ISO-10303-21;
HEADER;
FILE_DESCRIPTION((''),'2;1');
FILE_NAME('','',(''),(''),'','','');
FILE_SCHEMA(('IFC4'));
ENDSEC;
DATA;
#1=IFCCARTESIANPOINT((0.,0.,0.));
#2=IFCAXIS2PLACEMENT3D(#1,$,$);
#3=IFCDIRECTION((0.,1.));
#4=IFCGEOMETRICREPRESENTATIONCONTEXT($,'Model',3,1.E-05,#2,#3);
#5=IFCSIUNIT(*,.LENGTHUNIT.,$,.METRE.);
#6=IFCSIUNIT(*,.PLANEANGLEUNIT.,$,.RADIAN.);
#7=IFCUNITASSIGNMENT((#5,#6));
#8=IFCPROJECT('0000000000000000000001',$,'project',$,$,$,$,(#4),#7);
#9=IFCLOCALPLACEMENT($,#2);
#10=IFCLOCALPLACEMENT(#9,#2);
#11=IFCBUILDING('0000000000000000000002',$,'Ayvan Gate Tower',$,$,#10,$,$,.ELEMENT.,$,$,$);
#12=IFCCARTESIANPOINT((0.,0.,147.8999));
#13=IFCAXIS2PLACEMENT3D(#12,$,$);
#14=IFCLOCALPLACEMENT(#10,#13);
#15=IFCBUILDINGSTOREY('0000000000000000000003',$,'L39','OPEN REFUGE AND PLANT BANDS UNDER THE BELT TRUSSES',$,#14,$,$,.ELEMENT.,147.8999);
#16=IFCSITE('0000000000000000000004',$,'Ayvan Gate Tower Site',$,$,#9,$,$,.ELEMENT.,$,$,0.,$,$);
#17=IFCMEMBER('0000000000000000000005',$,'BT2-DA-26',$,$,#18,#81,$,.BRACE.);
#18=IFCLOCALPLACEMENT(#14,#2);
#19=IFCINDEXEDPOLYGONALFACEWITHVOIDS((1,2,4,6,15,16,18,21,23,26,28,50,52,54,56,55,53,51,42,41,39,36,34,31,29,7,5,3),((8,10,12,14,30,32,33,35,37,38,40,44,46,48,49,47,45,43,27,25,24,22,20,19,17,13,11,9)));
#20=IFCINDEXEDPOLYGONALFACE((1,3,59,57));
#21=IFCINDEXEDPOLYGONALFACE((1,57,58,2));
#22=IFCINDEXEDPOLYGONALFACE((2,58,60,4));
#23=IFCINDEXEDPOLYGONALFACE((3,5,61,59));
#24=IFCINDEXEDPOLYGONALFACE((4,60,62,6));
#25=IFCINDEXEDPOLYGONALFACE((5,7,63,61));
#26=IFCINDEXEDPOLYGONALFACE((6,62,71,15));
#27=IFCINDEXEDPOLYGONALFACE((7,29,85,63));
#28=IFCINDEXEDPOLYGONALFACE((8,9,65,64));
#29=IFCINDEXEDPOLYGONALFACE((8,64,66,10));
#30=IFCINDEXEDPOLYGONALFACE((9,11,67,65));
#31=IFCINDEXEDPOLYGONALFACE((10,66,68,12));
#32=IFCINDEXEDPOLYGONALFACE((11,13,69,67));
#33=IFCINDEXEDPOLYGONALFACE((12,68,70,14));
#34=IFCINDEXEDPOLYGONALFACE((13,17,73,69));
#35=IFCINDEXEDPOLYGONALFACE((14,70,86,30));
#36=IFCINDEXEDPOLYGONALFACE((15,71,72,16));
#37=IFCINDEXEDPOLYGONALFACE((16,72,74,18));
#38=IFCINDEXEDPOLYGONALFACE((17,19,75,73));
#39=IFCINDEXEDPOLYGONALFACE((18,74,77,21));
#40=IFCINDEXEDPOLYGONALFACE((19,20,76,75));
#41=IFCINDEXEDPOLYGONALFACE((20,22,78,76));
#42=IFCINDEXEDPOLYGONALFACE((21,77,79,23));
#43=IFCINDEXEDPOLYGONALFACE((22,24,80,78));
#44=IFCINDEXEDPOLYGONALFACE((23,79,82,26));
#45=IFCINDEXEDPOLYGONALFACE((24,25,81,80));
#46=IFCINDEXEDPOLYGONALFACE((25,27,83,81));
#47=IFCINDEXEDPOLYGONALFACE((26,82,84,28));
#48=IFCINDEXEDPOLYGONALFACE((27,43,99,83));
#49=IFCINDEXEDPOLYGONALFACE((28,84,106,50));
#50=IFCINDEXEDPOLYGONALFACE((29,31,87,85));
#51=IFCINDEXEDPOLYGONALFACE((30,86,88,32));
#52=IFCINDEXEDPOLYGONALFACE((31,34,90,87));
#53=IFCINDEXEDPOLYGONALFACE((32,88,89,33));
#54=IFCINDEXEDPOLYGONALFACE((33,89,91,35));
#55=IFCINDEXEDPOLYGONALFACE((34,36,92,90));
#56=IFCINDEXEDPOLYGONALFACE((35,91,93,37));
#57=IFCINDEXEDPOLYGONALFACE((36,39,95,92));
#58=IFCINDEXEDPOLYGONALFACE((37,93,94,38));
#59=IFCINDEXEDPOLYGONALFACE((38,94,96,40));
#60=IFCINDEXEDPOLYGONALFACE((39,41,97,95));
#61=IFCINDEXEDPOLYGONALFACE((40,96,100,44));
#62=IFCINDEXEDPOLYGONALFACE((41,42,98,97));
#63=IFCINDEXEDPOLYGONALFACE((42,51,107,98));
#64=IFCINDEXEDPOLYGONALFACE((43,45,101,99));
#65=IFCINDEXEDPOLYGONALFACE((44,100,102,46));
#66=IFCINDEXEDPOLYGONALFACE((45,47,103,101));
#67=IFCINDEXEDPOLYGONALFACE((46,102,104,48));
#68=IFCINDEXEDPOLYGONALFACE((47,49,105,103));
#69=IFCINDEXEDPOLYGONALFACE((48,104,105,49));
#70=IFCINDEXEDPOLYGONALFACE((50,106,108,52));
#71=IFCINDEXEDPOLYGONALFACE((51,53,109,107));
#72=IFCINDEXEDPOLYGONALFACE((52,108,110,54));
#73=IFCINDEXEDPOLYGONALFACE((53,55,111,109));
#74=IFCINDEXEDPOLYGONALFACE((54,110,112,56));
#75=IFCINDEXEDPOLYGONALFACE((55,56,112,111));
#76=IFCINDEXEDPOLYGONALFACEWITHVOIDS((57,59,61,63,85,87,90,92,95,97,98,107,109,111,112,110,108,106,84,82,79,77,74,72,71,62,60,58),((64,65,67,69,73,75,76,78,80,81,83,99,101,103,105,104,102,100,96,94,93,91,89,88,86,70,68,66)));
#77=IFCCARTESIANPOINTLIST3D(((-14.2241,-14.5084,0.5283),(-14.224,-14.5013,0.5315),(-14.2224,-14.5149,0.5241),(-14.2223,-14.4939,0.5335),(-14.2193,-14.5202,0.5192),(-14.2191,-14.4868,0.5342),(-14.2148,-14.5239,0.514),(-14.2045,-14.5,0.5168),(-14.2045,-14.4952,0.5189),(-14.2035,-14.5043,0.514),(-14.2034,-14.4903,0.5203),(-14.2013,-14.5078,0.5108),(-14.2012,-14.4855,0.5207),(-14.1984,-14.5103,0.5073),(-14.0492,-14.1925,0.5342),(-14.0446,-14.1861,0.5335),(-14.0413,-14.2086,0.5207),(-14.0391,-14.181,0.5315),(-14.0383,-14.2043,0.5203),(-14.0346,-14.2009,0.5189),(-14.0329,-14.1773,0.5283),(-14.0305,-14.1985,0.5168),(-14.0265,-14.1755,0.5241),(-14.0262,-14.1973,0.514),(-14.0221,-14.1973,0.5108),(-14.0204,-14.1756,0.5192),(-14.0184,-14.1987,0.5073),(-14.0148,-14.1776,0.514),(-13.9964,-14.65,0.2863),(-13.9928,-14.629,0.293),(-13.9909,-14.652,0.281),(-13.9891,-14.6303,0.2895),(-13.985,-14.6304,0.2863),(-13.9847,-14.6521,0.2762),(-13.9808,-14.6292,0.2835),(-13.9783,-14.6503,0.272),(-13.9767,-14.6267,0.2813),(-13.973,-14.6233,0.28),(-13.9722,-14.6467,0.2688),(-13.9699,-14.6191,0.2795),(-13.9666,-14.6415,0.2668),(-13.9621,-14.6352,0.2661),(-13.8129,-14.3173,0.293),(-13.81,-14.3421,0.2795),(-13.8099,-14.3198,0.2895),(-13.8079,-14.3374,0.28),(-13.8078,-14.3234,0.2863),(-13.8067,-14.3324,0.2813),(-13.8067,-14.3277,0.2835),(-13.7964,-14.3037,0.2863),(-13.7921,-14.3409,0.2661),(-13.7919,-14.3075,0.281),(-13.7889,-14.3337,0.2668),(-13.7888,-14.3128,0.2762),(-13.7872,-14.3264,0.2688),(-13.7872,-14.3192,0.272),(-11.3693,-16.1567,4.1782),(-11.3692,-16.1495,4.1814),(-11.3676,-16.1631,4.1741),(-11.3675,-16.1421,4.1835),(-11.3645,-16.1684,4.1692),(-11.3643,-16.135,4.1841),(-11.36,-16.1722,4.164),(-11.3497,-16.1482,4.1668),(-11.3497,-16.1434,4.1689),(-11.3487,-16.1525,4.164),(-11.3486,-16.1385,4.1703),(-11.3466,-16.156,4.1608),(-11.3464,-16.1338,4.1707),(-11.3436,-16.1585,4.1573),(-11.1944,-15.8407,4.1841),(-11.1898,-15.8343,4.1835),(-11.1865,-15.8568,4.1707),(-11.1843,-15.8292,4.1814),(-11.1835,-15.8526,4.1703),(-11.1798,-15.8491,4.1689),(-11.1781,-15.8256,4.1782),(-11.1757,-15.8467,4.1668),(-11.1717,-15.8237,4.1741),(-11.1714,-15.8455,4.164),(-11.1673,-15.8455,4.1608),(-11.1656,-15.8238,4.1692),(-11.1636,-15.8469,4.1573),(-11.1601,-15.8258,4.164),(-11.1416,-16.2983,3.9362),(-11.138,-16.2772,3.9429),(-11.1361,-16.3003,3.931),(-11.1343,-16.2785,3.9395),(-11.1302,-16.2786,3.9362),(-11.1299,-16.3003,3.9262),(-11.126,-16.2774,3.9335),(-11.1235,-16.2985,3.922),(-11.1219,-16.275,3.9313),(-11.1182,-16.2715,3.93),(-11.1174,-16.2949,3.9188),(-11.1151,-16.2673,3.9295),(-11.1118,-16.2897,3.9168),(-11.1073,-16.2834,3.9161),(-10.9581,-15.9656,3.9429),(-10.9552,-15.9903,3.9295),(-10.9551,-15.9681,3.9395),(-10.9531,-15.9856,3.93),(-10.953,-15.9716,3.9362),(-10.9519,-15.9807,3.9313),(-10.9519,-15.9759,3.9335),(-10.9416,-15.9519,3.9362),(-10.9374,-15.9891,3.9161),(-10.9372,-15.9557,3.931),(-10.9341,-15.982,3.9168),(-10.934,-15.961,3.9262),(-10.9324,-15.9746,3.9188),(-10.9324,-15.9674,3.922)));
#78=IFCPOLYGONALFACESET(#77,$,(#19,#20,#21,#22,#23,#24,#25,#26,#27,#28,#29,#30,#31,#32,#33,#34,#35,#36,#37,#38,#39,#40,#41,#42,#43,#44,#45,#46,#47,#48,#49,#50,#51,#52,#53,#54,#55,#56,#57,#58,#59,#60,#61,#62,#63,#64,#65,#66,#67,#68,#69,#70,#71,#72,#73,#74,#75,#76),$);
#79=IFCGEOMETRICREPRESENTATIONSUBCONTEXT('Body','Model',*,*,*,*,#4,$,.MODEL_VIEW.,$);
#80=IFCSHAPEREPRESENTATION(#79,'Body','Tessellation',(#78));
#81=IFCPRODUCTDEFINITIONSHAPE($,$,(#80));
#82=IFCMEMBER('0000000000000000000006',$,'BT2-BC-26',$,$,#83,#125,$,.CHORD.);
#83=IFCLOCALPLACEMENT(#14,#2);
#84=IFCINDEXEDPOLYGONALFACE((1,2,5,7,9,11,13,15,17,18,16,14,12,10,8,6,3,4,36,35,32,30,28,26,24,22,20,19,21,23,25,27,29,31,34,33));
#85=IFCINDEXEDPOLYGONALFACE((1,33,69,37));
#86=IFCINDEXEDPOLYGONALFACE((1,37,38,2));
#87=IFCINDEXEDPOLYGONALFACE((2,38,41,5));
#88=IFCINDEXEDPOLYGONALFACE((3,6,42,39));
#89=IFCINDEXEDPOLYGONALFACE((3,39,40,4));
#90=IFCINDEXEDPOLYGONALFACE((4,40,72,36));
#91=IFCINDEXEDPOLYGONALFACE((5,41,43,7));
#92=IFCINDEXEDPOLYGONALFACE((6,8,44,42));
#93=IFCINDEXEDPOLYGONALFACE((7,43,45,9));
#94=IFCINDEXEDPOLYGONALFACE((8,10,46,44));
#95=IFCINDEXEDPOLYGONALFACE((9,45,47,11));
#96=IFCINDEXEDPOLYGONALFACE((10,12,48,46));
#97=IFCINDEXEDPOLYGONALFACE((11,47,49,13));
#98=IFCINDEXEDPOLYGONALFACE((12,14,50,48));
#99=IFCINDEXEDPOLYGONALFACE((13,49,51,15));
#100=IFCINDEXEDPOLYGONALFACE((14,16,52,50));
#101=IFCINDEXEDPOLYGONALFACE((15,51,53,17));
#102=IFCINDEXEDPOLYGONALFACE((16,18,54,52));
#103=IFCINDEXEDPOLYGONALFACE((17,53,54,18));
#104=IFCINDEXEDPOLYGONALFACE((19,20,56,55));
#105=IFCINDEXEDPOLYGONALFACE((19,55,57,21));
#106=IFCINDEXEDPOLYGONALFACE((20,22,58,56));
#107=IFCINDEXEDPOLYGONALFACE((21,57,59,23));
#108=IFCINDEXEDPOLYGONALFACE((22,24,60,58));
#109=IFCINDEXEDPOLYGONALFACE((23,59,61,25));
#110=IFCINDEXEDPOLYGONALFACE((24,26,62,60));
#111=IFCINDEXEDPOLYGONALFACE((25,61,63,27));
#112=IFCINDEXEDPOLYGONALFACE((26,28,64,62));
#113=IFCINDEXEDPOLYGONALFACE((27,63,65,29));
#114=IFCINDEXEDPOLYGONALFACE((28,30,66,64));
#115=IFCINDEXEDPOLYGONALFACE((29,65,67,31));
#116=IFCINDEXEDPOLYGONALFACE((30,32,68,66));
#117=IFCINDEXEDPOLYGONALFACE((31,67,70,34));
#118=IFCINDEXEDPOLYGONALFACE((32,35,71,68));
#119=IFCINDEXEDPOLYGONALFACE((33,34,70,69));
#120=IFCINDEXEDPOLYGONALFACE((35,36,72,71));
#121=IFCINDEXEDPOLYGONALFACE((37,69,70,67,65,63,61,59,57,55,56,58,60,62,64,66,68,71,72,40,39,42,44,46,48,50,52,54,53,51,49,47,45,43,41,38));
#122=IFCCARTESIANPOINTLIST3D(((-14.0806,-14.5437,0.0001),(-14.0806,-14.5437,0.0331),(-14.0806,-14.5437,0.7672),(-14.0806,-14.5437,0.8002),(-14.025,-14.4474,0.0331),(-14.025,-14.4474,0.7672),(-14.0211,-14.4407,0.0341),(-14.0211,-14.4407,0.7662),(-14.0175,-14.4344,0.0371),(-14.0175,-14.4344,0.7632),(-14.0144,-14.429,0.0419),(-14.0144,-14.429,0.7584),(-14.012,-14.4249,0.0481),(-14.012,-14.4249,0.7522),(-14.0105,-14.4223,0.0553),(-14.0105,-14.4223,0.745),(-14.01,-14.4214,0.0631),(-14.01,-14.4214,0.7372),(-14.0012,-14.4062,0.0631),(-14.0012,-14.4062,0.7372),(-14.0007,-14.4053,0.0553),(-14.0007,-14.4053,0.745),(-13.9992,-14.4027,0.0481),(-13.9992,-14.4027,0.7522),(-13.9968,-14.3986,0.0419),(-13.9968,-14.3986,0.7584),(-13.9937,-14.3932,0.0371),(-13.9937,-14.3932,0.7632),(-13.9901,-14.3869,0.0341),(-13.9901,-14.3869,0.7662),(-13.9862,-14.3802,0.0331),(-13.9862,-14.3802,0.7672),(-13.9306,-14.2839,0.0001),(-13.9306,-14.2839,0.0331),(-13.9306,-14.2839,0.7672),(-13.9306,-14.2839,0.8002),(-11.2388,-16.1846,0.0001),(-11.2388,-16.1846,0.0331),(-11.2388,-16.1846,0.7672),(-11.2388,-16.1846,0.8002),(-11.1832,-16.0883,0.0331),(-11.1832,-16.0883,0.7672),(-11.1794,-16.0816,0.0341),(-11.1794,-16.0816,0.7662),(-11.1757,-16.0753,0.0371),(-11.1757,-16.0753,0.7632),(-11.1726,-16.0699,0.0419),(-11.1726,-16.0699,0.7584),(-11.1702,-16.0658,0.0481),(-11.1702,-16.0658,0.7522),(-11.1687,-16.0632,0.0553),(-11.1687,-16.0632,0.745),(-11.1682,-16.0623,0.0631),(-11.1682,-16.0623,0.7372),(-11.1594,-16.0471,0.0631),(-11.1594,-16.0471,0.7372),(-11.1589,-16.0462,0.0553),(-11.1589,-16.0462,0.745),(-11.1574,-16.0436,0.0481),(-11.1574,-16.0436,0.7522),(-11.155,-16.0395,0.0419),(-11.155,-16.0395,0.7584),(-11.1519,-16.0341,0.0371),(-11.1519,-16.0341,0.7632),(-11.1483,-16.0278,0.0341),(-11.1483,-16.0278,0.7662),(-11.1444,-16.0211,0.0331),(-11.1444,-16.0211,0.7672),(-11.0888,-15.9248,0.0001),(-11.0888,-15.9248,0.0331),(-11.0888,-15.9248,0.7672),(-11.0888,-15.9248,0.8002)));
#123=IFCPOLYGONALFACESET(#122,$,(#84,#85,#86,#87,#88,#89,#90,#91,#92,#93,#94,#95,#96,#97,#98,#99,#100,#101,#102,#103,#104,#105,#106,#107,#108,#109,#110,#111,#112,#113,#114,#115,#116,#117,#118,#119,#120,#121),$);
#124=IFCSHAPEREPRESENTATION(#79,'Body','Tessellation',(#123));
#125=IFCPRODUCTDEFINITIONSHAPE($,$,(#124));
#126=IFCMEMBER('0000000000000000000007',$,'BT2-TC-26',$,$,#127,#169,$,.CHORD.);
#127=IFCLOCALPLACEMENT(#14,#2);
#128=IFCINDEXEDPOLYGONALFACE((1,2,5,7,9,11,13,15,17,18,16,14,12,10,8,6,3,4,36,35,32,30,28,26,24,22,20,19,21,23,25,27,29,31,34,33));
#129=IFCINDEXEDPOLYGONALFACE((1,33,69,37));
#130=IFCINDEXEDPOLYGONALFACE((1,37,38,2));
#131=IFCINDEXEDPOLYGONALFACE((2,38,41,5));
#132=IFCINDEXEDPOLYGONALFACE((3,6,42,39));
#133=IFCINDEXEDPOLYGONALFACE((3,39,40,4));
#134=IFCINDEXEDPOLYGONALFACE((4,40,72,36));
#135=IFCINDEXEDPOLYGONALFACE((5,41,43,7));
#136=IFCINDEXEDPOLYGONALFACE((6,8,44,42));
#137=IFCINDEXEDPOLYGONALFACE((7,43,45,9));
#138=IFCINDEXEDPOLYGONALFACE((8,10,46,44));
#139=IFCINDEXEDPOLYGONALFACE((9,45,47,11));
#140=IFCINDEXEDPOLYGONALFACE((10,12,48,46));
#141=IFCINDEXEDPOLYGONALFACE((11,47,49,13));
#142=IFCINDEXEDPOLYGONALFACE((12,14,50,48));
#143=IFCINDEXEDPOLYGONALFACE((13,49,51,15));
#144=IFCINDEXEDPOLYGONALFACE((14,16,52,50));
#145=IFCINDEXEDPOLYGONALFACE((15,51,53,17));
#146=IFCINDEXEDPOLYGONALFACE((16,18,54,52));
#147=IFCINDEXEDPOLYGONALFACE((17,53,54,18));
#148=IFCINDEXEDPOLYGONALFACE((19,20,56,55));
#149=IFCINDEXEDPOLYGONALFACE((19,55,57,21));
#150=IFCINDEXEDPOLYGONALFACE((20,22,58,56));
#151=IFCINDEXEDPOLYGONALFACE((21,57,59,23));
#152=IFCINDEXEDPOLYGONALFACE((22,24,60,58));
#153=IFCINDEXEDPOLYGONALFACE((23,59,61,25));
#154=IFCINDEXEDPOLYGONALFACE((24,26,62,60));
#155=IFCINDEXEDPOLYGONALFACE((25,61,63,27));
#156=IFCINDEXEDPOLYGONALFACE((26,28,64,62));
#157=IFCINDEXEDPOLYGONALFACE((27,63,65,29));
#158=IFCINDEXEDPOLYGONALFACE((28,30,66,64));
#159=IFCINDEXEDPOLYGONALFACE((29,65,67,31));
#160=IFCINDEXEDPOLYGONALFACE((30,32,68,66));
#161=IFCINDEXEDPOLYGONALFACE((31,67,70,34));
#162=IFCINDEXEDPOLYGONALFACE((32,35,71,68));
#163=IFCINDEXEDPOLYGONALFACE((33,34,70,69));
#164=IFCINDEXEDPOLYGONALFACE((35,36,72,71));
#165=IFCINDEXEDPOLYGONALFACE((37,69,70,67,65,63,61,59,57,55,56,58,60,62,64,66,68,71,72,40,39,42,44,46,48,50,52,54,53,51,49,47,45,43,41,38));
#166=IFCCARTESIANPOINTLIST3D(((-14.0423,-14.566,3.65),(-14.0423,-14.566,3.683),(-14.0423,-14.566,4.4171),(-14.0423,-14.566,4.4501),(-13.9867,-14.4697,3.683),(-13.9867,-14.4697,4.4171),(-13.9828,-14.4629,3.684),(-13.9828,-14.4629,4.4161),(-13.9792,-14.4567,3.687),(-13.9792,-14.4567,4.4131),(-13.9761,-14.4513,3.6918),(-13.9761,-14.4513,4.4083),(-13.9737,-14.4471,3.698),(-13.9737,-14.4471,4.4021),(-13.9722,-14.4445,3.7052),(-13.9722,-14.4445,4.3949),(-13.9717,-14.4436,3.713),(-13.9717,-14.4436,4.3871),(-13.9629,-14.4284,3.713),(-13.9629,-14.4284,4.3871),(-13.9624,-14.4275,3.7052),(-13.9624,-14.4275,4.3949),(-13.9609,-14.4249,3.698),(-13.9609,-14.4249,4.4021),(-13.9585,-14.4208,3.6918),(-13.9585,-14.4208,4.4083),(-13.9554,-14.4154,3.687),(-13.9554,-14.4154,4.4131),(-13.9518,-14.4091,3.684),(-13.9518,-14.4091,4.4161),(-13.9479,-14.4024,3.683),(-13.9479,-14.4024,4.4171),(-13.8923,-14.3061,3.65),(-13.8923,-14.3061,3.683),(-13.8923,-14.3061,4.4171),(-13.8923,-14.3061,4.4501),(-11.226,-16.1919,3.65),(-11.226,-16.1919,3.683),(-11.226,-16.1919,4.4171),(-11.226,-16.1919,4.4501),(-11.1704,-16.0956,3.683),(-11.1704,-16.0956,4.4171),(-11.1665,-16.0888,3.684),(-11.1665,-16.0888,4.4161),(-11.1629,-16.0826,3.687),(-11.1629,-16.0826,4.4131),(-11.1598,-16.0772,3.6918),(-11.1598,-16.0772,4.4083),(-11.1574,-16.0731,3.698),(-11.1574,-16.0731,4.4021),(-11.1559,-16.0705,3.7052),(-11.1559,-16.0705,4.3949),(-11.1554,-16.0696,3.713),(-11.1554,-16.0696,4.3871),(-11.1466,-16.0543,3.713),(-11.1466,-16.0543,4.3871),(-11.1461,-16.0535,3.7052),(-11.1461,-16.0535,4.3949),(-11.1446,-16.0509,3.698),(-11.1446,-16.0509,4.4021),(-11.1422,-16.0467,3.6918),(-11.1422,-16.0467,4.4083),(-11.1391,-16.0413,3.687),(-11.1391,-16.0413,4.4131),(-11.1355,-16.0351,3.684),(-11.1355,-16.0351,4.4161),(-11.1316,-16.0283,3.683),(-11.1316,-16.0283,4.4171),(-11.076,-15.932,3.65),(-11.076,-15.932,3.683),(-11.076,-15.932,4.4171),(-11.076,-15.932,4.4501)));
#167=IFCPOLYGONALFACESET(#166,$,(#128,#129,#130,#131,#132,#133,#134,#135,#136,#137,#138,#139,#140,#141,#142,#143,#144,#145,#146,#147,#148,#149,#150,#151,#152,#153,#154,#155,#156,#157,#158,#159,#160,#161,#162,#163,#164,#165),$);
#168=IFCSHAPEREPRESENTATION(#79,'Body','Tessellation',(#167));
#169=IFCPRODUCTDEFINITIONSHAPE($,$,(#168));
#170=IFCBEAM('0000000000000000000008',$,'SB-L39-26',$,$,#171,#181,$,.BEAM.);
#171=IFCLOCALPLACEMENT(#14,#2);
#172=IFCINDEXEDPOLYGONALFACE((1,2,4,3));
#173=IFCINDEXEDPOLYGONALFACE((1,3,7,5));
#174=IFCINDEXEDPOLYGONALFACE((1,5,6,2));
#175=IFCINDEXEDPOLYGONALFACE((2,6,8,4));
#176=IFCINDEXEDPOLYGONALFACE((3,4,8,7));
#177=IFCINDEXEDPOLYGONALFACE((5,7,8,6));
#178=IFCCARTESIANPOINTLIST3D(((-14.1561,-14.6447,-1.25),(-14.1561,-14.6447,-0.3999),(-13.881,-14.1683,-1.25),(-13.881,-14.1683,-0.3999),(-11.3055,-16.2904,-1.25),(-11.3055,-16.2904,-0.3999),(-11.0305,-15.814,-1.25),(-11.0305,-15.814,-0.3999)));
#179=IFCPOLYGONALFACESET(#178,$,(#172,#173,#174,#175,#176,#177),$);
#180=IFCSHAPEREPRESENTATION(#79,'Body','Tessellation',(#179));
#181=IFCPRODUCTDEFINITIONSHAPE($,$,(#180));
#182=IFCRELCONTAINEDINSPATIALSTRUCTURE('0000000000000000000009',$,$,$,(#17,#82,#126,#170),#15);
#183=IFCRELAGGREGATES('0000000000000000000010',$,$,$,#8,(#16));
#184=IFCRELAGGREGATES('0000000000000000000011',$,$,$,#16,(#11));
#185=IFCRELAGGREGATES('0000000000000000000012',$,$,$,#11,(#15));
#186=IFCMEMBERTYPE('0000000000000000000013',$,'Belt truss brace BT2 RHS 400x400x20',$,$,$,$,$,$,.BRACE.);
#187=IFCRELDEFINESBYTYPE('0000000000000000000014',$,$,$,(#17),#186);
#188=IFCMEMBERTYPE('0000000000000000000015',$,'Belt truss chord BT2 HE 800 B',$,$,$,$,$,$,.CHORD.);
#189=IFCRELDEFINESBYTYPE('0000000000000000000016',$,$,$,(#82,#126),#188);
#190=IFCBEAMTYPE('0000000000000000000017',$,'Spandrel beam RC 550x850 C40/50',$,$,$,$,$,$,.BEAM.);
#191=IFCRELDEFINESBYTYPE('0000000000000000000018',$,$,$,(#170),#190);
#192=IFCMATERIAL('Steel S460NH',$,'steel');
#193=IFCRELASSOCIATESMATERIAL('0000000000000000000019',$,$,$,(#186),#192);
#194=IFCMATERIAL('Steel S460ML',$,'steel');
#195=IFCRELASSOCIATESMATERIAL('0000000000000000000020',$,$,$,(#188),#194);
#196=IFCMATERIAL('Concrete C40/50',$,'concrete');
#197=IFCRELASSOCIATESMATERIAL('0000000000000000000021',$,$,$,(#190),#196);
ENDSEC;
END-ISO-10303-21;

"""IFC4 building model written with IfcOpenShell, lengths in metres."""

from ifc_helpers import new_model, si_unit, direction, frame, origin, origin_2d, place, context, subcontext, project, spatial, rectangle, hollow_rectangle, i_section, extrude, material, material_profile, profile_set, type_object, element, save


model = new_model("IFC4")

# Units and contexts
model_context = context("Model", 3, precision=1e-05, world=origin(), true_north=direction((0.0, 1.0)))
body_context = subcontext(model_context, "Body", "Model", "MODEL_VIEW")
ifc_project = project(units=[si_unit("LENGTHUNIT", "METRE"), si_unit("PLANEANGLEUNIT", "RADIAN")], contexts=[model_context])

# Site, building, storey
site_placement = place(None, origin())
site = spatial("IfcSite", under=ifc_project, at=site_placement, Name="Ayvan Gate Tower Site", CompositionType="ELEMENT", RefElevation=0.0)
building_placement = place(site_placement, origin())
building = spatial("IfcBuilding", under=site, at=building_placement, Name="Ayvan Gate Tower", CompositionType="ELEMENT")
storey_placement = place(building_placement, frame((0.0, 0.0, 147.8999)))
storey = spatial("IfcBuildingStorey", under=building, at=storey_placement, Name="L39", Description="OPEN REFUGE AND PLANT BANDS UNDER THE BELT TRUSSES", CompositionType="ELEMENT", Elevation=147.8999)

# Members
ifc_material_1 = material(Name="Steel S460NH", Category="steel")
ifc_material_profile_1 = material_profile(ifc_material_1, hollow_rectangle(XDim=0.3999, YDim=0.3999, WallThickness=0.02, InnerFilletRadius=0.02, OuterFilletRadius=0.03, at=origin_2d()), Name="RHS 400x400x20")
ifc_profile_set_1 = profile_set([ifc_material_profile_1], Name="Steel S460NH")
member_type_1 = type_object("IfcMemberType", Name="Belt truss brace BT2 RHS 400x400x20", PredefinedType="BRACE", material=ifc_profile_set_1)
member_1_placement = place(storey_placement, frame((-14.0056, -14.4138, 0.4001), z_axis=(0.580453, -0.335127, 0.742135), x_axis=(0.500002, 0.866024, 0.0)))
element("IfcMember", 1, at=member_1_placement, inside=storey, type_object=member_type_1, Name="BT2-DA-26", PredefinedType="BRACE", context=body_context, shape_type="SweptSolid", body=[
    extrude(hollow_rectangle(XDim=0.3999, YDim=0.3999, WallThickness=0.02, InnerFilletRadius=0.02, OuterFilletRadius=0.03, at=origin_2d()), origin(), (0.0, 0.0, 1.0), 4.9182),
])
ifc_material_2 = material(Name="Steel S460ML", Category="steel")
ifc_material_profile_2 = material_profile(ifc_material_2, i_section(OverallWidth=0.3, OverallDepth=0.8, WebThickness=0.0176, FlangeThickness=0.033, FilletRadius=0.03, at=origin_2d()), Name="HE 800 B")
ifc_profile_set_2 = profile_set([ifc_material_profile_2], Name="Steel S460ML")
member_type_2 = type_object("IfcMemberType", Name="Belt truss chord BT2 HE 800 B", PredefinedType="CHORD", material=ifc_profile_set_2)
member_2_placement = place(storey_placement, frame((-14.0056, -14.4138, 0.4001), z_axis=(0.866005, -0.500036, 0.0), x_axis=(0.500036, 0.866005, 0.0)))
element("IfcMember", 2, at=member_2_placement, inside=storey, type_object=member_type_2, Name="BT2-BC-26", PredefinedType="CHORD", context=body_context, shape_type="SweptSolid", body=[
    extrude(i_section(OverallWidth=0.3, OverallDepth=0.8, WebThickness=0.0176, FlangeThickness=0.033, FilletRadius=0.03, at=origin_2d()), origin(), (0.0, 0.0, 1.0), 3.2815),
])
member_3_placement = place(storey_placement, frame((-13.9673, -14.436, 4.05), z_axis=(0.866036, -0.499982, 0.0), x_axis=(0.499982, 0.866036, 0.0)))
element("IfcMember", 3, at=member_3_placement, inside=storey, type_object=member_type_2, Name="BT2-TC-26", PredefinedType="CHORD", context=body_context, shape_type="SweptSolid", body=[
    extrude(i_section(OverallWidth=0.3, OverallDepth=0.8, WebThickness=0.0176, FlangeThickness=0.033, FilletRadius=0.03, at=origin_2d()), origin(), (0.0, 0.0, 1.0), 3.252),
])

# Beam
ifc_material_3 = material(Name="Concrete C40/50", Category="concrete")
ifc_material_profile_3 = material_profile(ifc_material_3, rectangle(XDim=0.55, YDim=0.8501, at=origin_2d()), Name="RC 550x850")
ifc_profile_set_3 = profile_set([ifc_material_profile_3], Name="Concrete C40/50")
beam_type_1 = type_object("IfcBeamType", Name="Spandrel beam RC 550x850 C40/50", PredefinedType="BEAM", material=ifc_profile_set_3)
beam_1_placement = place(storey_placement, frame((-14.0186, -14.4065, -0.825), z_axis=(0.86603, -0.499992, 0.0), x_axis=(0.499992, 0.86603, 0.0)))
element("IfcBeam", 4, at=beam_1_placement, inside=storey, type_object=beam_type_1, Name="SB-L39-26", PredefinedType="BEAM", context=body_context, shape_type="SweptSolid", body=[
    extrude(rectangle(XDim=0.55, YDim=0.8501, at=origin_2d()), origin(), (0.0, 0.0, 1.0), 3.2915),
])

save(model, "model.ifc")
